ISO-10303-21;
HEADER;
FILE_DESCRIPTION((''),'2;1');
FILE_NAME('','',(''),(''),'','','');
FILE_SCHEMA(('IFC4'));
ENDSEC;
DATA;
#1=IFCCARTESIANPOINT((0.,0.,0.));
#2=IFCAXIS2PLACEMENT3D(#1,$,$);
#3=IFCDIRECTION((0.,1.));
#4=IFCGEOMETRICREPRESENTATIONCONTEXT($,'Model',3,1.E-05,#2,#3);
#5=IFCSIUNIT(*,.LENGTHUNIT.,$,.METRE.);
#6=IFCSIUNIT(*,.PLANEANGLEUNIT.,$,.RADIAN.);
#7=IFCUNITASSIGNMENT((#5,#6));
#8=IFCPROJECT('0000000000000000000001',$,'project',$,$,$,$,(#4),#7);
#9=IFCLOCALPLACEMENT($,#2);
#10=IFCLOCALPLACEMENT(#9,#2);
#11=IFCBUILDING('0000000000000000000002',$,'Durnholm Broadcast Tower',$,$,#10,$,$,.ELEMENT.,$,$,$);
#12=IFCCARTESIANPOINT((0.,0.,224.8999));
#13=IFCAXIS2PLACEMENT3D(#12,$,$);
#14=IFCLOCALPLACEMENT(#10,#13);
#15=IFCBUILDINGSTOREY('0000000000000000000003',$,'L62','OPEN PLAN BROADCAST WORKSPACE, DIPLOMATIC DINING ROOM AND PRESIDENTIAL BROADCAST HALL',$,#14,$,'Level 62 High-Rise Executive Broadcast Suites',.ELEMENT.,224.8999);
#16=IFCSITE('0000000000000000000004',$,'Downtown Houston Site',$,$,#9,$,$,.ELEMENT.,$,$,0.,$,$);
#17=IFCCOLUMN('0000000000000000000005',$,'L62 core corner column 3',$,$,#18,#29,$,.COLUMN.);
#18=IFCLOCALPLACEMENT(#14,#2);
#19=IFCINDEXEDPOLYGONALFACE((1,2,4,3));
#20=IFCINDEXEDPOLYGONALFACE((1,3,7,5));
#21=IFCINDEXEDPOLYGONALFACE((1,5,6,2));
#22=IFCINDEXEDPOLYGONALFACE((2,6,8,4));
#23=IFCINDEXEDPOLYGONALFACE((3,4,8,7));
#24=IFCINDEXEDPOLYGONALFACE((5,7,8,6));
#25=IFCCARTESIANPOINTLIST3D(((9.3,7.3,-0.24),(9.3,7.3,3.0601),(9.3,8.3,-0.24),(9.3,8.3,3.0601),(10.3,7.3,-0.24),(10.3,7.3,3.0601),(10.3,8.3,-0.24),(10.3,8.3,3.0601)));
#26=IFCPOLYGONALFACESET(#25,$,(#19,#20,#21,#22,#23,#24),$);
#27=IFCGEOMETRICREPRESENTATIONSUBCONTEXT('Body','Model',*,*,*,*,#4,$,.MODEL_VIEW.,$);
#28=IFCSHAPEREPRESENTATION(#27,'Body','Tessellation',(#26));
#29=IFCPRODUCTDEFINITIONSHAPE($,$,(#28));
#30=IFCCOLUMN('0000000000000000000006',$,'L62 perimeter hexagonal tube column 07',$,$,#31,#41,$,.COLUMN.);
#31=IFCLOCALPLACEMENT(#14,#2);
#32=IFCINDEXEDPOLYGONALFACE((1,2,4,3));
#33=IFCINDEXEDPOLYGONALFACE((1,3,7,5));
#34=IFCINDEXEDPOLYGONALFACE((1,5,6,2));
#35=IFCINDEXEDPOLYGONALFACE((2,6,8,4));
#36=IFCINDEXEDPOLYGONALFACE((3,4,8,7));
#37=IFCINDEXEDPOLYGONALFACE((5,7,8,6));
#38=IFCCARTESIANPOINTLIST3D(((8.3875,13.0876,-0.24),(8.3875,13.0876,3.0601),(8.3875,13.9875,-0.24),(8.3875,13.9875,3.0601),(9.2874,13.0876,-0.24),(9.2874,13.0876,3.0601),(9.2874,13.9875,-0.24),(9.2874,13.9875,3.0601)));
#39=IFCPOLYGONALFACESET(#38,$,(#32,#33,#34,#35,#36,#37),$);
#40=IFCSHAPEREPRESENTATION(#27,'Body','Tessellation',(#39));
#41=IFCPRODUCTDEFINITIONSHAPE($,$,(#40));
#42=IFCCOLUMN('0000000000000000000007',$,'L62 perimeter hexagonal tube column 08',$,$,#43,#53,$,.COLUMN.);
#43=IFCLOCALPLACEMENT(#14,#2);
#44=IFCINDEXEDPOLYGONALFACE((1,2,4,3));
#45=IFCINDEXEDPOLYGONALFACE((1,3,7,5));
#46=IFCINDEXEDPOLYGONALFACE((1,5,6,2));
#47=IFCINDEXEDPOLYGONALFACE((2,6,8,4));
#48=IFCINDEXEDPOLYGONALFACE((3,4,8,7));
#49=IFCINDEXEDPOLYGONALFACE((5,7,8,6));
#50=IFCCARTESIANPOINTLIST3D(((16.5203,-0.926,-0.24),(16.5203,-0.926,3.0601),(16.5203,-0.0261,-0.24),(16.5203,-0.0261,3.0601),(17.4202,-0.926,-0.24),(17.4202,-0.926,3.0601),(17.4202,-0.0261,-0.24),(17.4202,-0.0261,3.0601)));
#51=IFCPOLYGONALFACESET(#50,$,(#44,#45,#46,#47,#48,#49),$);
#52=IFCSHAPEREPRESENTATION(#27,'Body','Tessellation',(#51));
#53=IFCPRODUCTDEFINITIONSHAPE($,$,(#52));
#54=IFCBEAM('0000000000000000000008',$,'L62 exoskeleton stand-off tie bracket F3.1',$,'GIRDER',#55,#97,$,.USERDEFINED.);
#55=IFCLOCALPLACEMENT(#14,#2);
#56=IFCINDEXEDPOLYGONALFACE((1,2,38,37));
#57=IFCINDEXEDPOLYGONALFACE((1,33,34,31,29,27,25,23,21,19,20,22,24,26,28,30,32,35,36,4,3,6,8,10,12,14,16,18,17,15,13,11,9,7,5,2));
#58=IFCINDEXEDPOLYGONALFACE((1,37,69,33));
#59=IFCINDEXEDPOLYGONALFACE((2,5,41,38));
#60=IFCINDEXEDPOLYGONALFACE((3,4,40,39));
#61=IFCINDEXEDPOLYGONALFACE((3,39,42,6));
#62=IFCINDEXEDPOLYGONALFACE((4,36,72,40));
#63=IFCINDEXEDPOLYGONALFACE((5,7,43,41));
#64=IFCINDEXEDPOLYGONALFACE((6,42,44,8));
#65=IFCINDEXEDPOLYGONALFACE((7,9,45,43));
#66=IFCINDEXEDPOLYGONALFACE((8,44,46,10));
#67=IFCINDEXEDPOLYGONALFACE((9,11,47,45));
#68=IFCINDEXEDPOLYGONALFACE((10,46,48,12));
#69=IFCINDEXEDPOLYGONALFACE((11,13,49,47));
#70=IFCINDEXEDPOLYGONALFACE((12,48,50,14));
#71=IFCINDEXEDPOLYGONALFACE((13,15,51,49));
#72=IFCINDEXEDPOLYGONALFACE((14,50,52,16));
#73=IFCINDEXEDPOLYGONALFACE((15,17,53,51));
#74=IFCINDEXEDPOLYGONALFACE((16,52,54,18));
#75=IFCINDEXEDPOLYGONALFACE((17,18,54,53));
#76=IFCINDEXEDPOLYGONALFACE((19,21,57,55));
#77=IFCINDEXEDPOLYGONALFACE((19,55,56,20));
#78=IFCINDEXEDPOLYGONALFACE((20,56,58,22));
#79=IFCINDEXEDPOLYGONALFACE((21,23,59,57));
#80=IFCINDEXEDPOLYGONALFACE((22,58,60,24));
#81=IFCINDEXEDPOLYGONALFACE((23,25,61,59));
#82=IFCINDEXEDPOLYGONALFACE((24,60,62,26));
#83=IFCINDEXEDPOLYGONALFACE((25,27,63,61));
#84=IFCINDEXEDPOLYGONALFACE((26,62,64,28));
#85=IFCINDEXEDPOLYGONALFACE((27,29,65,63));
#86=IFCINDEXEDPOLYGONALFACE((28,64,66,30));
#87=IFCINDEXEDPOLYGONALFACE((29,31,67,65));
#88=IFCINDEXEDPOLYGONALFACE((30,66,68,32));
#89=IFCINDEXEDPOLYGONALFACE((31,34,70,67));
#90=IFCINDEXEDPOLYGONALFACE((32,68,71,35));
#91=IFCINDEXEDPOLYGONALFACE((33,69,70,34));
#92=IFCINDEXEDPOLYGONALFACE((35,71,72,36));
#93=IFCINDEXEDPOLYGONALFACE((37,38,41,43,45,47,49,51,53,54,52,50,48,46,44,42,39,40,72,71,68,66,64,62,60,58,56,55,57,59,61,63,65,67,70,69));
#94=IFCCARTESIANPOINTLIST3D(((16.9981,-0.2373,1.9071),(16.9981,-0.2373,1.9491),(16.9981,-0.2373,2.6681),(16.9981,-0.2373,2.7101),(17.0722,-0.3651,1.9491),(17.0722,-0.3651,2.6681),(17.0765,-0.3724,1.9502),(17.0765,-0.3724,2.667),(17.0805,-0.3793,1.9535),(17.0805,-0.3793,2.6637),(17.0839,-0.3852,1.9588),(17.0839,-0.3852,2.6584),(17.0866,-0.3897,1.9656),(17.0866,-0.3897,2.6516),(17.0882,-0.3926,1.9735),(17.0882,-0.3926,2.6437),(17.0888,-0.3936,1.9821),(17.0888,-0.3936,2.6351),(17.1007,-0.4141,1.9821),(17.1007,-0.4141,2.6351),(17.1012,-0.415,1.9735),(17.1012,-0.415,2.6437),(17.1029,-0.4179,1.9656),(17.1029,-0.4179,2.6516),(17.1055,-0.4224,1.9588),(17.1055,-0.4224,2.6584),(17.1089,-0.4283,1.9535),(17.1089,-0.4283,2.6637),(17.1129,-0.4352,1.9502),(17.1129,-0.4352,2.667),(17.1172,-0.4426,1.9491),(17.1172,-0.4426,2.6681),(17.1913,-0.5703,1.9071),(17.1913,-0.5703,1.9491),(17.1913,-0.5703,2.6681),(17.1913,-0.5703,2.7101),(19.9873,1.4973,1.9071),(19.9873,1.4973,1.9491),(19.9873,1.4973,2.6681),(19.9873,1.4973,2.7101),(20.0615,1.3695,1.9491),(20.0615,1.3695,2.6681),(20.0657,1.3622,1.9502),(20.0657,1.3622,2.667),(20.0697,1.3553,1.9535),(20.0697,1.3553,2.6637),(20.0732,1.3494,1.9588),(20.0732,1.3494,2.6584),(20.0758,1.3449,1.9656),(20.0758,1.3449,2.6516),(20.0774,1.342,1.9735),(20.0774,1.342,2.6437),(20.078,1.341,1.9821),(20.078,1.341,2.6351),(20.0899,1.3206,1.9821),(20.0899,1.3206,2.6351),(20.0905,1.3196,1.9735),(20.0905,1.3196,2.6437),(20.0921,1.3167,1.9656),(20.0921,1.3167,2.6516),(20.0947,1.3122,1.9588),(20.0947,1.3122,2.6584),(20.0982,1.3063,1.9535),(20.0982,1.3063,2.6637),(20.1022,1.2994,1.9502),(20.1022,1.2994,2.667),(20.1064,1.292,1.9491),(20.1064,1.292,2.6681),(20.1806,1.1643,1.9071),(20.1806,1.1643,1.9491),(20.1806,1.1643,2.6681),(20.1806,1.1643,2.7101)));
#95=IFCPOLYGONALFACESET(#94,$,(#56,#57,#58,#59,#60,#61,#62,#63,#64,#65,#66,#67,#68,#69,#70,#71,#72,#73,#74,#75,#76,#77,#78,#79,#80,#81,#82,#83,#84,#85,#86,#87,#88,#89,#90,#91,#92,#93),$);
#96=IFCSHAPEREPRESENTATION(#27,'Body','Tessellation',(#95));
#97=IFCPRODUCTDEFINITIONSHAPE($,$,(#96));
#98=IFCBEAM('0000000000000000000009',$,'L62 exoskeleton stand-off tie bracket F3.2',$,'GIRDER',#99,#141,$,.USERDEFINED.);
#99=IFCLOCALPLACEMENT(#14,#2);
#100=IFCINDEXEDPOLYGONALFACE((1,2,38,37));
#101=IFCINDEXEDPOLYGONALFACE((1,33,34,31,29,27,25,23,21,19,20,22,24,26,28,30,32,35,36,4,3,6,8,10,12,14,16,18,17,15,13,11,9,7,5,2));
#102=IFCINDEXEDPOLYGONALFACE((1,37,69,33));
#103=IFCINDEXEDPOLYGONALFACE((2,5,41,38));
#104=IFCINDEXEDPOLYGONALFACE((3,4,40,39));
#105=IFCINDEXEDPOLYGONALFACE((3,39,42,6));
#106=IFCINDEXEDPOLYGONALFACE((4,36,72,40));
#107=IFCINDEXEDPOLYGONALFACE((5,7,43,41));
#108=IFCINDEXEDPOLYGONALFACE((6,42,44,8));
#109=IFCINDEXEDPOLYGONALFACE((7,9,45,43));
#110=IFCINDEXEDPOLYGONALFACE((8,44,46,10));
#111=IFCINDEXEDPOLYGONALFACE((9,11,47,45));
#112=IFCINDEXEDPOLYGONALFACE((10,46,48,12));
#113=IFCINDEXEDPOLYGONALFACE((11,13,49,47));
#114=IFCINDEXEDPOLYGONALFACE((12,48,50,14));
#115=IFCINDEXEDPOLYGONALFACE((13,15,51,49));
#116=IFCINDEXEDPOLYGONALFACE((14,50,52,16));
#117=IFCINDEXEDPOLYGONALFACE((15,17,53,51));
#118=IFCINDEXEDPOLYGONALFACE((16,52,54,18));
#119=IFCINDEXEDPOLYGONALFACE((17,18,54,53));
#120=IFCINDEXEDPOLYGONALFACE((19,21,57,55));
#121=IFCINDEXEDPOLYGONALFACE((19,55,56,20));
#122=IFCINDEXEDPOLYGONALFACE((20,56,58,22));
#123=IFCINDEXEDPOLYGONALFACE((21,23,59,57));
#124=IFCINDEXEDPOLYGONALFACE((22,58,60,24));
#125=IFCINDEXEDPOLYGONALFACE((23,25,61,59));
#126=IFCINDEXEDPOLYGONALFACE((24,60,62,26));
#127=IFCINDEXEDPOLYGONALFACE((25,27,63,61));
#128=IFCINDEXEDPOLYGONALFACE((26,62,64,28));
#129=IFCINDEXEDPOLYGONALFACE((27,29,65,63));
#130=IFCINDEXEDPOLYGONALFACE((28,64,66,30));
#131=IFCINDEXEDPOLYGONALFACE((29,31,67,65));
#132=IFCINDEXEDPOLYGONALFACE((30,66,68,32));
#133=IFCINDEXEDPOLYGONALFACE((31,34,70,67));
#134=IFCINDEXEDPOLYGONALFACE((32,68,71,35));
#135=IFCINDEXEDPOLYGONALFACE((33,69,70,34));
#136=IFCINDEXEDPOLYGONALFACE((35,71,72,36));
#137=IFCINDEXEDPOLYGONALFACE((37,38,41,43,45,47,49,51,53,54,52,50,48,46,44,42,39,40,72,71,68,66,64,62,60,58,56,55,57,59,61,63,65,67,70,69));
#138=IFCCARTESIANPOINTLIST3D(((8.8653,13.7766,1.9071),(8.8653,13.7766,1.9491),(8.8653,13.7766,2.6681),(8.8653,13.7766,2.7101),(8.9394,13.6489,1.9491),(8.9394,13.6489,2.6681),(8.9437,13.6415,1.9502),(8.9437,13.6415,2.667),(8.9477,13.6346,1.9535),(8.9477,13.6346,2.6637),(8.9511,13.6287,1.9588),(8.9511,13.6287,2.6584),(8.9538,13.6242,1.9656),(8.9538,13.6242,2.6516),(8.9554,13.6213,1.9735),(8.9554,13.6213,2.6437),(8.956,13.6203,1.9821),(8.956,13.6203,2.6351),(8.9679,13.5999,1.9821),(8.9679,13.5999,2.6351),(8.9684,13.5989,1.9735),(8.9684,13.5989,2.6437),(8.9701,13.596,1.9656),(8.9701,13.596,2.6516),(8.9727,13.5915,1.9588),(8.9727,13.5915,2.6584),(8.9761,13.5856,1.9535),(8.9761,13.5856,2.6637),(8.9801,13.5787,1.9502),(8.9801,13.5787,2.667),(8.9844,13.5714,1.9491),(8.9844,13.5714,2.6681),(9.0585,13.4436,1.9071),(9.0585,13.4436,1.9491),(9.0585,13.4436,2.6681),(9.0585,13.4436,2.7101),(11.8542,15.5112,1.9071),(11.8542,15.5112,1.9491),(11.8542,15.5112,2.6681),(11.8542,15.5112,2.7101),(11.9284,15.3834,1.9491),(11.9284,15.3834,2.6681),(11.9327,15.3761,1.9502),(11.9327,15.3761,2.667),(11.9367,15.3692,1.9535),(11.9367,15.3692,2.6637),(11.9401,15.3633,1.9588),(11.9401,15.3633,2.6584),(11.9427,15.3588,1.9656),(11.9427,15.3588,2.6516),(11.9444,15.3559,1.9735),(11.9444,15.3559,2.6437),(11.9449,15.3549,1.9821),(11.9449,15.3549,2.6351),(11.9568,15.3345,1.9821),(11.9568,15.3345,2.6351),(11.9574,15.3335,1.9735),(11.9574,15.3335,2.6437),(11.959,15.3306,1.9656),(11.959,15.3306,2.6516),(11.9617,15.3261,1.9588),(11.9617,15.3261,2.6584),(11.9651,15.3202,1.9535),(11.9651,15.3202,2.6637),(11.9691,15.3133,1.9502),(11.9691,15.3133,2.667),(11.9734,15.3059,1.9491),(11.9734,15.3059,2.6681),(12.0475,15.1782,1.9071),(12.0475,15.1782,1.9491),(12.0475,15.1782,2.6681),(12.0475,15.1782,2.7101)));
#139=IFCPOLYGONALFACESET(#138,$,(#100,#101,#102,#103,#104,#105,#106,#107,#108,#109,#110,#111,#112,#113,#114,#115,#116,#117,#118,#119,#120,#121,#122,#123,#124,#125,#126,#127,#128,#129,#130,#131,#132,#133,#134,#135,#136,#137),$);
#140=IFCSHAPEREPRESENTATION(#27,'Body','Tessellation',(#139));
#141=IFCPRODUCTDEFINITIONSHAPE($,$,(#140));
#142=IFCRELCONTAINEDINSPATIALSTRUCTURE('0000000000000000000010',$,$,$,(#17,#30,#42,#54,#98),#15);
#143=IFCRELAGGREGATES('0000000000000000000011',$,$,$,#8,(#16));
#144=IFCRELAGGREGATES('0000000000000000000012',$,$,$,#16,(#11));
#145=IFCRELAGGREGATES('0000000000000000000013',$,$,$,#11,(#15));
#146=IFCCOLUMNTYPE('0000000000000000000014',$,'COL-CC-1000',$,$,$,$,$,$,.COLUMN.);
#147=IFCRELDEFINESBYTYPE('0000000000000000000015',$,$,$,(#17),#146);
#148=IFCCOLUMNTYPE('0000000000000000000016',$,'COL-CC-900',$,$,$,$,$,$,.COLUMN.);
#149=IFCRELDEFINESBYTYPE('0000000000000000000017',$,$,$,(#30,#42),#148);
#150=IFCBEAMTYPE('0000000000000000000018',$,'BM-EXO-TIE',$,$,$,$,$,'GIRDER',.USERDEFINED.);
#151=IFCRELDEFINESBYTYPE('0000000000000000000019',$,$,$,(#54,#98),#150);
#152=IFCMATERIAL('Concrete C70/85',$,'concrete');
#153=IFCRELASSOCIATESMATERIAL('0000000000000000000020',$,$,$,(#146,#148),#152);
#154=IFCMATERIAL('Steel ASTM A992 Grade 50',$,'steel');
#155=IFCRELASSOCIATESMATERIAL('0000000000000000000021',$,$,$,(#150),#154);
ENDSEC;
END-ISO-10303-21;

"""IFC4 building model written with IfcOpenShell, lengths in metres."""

from ifc_helpers import new_model, si_unit, direction, frame, origin, origin_2d, place, context, subcontext, project, spatial, rectangle, i_section, extrude, source, transform, mapped, material, material_profile, profile_set, type_object, type_shapes, element, save


model = new_model("IFC4")

# Units and contexts
model_context = context("Model", 3, precision=1e-05, world=origin(), true_north=direction((0.0, 1.0)))
body_context = subcontext(model_context, "Body", "Model", "MODEL_VIEW")
ifc_project = project(units=[si_unit("LENGTHUNIT", "METRE"), si_unit("PLANEANGLEUNIT", "RADIAN")], contexts=[model_context])

# Site, building, storey
site_placement = place(None, origin())
site = spatial("IfcSite", under=ifc_project, at=site_placement, Name="Downtown Houston Site", CompositionType="ELEMENT", RefElevation=0.0)
building_placement = place(site_placement, origin())
building = spatial("IfcBuilding", under=site, at=building_placement, Name="Durnholm Broadcast Tower", CompositionType="ELEMENT")
storey_placement = place(building_placement, frame((0.0, 0.0, 224.8999)))
storey = spatial("IfcBuildingStorey", under=building, at=storey_placement, Name="L62", Description="OPEN PLAN BROADCAST WORKSPACE, DIPLOMATIC DINING ROOM AND PRESIDENTIAL BROADCAST HALL", LongName="Level 62 High-Rise Executive Broadcast Suites", CompositionType="ELEMENT", Elevation=224.8999)

# Columns
ifc_material_1 = material(Name="Concrete C70/85", Category="concrete")
ifc_material_profile_1 = material_profile(ifc_material_1, rectangle(XDim=1.0, YDim=1.0, at=origin_2d()), Name="RC1000X1000")
ifc_profile_set_1 = profile_set([ifc_material_profile_1], Name="Concrete C70/85")
column_type_1 = type_object("IfcColumnType", Name="COL-CC-1000", PredefinedType="COLUMN", material=ifc_profile_set_1)
shared_shape_1 = source(origin(), body_context, "Body", "SweptSolid", [
    extrude(rectangle(XDim=1.0, YDim=1.0, at=origin_2d()), origin(), (0.0, 0.0, 1.0), 3.3),
])
type_shapes(column_type_1, [shared_shape_1])
column_placement = place(storey_placement, frame((9.8, 7.8, -0.24), z_axis=(0.0, 0.0, 1.0), x_axis=(1.0, 0.0, 0.0)))
element("IfcColumn", 1, at=column_placement, inside=storey, type_object=column_type_1, Name="L62 core corner column 3", PredefinedType="COLUMN", context=body_context, shape_type="MappedRepresentation", body=[
    mapped(shared_shape_1, transform((0.0, 0.0, 0.0), x_axis=(1.0, 0.0, 0.0), y_axis=(0.0, 1.0, 0.0), z_axis=(0.0, 0.0, 1.0), scale=1.0)),
])
ifc_material_profile_2 = material_profile(ifc_material_1, rectangle(XDim=0.8999, YDim=0.8999, at=origin_2d()), Name="RC900X900")
ifc_profile_set_2 = profile_set([ifc_material_profile_2], Name="Concrete C70/85")
column_type_2 = type_object("IfcColumnType", Name="COL-CC-900", PredefinedType="COLUMN", material=ifc_profile_set_2)
shared_shape_2 = source(origin(), body_context, "Body", "SweptSolid", [
    extrude(rectangle(XDim=0.8999, YDim=0.8999, at=origin_2d()), origin(), (0.0, 0.0, 1.0), 3.3),
])
type_shapes(column_type_2, [shared_shape_2])
for number, where, z_axis, x_axis, name in (
    (2, (8.8374, 13.5376, -0.24), (0.0, 0.0, 1.0), (1.0, 0.0, 0.0), "L62 perimeter hexagonal tube column 07"),
    (3, (16.9702, -0.4761, -0.24), (0.0, 0.0, 1.0), (1.0, 0.0, 0.0), "L62 perimeter hexagonal tube column 08"),
):
    element("IfcColumn", number, at=place(storey_placement, frame(where, z_axis=z_axis, x_axis=x_axis)), inside=storey, type_object=column_type_2, Name=name, PredefinedType="COLUMN", context=body_context, shape_type="MappedRepresentation", body=[
        mapped(shared_shape_2, transform((0.0, 0.0, 0.0), x_axis=(1.0, 0.0, 0.0), y_axis=(0.0, 1.0, 0.0), z_axis=(0.0, 0.0, 1.0), scale=1.0)),
    ])

# Beams
ifc_material_2 = material(Name="Steel ASTM A992 Grade 50", Category="steel")
ifc_material_profile_3 = material_profile(ifc_material_2, i_section(OverallWidth=0.385, OverallDepth=0.803, WebThickness=0.0237, FlangeThickness=0.042, FilletRadius=0.033, at=origin_2d()), Name="W30X261")
ifc_profile_set_3 = profile_set([ifc_material_profile_3], Name="Steel ASTM A992 Grade 50")
beam_type_1 = type_object("IfcBeamType", Name="BM-EXO-TIE", ElementType="GIRDER", PredefinedType="USERDEFINED", material=ifc_profile_set_3)
shared_shape_3 = source(origin(), body_context, "Body", "SweptSolid", [
    extrude(i_section(OverallWidth=0.385, OverallDepth=0.803, WebThickness=0.0237, FlangeThickness=0.042, FilletRadius=0.033, at=origin_2d()), origin(), (0.0, 0.0, 1.0), 3.4561),
])
beam_1_placement = place(storey_placement, frame((17.0947, -0.4038, 2.3086), z_axis=(0.864924, 0.501902, 0.0), x_axis=(-0.501902, 0.864924, 0.0)))
element("IfcBeam", 4, at=beam_1_placement, inside=storey, type_object=beam_type_1, Name="L62 exoskeleton stand-off tie bracket F3.1", ObjectType="GIRDER", PredefinedType="USERDEFINED", context=body_context, shape_type="MappedRepresentation", body=[
    mapped(shared_shape_3, transform((0.0, 0.0, 0.0), x_axis=(1.0, 0.0, 0.0), y_axis=(0.0, 1.0, 0.0), z_axis=(0.0, 0.0, 1.0), scale=1.0)),
])
shared_shape_4 = source(origin(), body_context, "Body", "SweptSolid", [
    extrude(i_section(OverallWidth=0.385, OverallDepth=0.803, WebThickness=0.0237, FlangeThickness=0.042, FilletRadius=0.033, at=origin_2d()), origin(), (0.0, 0.0, 1.0), 3.4558),
])
beam_2_placement = place(storey_placement, frame((8.9619, 13.6101, 2.3086), z_axis=(0.864907, 0.501933, 0.0), x_axis=(-0.501933, 0.864907, 0.0)))
element("IfcBeam", 5, at=beam_2_placement, inside=storey, type_object=beam_type_1, Name="L62 exoskeleton stand-off tie bracket F3.2", ObjectType="GIRDER", PredefinedType="USERDEFINED", context=body_context, shape_type="MappedRepresentation", body=[
    mapped(shared_shape_4, transform((0.0, 0.0, 0.0), x_axis=(1.0, 0.0, 0.0), y_axis=(0.0, 1.0, 0.0), z_axis=(0.0, 0.0, 1.0), scale=1.0)),
])

save(model, "model.ifc")
